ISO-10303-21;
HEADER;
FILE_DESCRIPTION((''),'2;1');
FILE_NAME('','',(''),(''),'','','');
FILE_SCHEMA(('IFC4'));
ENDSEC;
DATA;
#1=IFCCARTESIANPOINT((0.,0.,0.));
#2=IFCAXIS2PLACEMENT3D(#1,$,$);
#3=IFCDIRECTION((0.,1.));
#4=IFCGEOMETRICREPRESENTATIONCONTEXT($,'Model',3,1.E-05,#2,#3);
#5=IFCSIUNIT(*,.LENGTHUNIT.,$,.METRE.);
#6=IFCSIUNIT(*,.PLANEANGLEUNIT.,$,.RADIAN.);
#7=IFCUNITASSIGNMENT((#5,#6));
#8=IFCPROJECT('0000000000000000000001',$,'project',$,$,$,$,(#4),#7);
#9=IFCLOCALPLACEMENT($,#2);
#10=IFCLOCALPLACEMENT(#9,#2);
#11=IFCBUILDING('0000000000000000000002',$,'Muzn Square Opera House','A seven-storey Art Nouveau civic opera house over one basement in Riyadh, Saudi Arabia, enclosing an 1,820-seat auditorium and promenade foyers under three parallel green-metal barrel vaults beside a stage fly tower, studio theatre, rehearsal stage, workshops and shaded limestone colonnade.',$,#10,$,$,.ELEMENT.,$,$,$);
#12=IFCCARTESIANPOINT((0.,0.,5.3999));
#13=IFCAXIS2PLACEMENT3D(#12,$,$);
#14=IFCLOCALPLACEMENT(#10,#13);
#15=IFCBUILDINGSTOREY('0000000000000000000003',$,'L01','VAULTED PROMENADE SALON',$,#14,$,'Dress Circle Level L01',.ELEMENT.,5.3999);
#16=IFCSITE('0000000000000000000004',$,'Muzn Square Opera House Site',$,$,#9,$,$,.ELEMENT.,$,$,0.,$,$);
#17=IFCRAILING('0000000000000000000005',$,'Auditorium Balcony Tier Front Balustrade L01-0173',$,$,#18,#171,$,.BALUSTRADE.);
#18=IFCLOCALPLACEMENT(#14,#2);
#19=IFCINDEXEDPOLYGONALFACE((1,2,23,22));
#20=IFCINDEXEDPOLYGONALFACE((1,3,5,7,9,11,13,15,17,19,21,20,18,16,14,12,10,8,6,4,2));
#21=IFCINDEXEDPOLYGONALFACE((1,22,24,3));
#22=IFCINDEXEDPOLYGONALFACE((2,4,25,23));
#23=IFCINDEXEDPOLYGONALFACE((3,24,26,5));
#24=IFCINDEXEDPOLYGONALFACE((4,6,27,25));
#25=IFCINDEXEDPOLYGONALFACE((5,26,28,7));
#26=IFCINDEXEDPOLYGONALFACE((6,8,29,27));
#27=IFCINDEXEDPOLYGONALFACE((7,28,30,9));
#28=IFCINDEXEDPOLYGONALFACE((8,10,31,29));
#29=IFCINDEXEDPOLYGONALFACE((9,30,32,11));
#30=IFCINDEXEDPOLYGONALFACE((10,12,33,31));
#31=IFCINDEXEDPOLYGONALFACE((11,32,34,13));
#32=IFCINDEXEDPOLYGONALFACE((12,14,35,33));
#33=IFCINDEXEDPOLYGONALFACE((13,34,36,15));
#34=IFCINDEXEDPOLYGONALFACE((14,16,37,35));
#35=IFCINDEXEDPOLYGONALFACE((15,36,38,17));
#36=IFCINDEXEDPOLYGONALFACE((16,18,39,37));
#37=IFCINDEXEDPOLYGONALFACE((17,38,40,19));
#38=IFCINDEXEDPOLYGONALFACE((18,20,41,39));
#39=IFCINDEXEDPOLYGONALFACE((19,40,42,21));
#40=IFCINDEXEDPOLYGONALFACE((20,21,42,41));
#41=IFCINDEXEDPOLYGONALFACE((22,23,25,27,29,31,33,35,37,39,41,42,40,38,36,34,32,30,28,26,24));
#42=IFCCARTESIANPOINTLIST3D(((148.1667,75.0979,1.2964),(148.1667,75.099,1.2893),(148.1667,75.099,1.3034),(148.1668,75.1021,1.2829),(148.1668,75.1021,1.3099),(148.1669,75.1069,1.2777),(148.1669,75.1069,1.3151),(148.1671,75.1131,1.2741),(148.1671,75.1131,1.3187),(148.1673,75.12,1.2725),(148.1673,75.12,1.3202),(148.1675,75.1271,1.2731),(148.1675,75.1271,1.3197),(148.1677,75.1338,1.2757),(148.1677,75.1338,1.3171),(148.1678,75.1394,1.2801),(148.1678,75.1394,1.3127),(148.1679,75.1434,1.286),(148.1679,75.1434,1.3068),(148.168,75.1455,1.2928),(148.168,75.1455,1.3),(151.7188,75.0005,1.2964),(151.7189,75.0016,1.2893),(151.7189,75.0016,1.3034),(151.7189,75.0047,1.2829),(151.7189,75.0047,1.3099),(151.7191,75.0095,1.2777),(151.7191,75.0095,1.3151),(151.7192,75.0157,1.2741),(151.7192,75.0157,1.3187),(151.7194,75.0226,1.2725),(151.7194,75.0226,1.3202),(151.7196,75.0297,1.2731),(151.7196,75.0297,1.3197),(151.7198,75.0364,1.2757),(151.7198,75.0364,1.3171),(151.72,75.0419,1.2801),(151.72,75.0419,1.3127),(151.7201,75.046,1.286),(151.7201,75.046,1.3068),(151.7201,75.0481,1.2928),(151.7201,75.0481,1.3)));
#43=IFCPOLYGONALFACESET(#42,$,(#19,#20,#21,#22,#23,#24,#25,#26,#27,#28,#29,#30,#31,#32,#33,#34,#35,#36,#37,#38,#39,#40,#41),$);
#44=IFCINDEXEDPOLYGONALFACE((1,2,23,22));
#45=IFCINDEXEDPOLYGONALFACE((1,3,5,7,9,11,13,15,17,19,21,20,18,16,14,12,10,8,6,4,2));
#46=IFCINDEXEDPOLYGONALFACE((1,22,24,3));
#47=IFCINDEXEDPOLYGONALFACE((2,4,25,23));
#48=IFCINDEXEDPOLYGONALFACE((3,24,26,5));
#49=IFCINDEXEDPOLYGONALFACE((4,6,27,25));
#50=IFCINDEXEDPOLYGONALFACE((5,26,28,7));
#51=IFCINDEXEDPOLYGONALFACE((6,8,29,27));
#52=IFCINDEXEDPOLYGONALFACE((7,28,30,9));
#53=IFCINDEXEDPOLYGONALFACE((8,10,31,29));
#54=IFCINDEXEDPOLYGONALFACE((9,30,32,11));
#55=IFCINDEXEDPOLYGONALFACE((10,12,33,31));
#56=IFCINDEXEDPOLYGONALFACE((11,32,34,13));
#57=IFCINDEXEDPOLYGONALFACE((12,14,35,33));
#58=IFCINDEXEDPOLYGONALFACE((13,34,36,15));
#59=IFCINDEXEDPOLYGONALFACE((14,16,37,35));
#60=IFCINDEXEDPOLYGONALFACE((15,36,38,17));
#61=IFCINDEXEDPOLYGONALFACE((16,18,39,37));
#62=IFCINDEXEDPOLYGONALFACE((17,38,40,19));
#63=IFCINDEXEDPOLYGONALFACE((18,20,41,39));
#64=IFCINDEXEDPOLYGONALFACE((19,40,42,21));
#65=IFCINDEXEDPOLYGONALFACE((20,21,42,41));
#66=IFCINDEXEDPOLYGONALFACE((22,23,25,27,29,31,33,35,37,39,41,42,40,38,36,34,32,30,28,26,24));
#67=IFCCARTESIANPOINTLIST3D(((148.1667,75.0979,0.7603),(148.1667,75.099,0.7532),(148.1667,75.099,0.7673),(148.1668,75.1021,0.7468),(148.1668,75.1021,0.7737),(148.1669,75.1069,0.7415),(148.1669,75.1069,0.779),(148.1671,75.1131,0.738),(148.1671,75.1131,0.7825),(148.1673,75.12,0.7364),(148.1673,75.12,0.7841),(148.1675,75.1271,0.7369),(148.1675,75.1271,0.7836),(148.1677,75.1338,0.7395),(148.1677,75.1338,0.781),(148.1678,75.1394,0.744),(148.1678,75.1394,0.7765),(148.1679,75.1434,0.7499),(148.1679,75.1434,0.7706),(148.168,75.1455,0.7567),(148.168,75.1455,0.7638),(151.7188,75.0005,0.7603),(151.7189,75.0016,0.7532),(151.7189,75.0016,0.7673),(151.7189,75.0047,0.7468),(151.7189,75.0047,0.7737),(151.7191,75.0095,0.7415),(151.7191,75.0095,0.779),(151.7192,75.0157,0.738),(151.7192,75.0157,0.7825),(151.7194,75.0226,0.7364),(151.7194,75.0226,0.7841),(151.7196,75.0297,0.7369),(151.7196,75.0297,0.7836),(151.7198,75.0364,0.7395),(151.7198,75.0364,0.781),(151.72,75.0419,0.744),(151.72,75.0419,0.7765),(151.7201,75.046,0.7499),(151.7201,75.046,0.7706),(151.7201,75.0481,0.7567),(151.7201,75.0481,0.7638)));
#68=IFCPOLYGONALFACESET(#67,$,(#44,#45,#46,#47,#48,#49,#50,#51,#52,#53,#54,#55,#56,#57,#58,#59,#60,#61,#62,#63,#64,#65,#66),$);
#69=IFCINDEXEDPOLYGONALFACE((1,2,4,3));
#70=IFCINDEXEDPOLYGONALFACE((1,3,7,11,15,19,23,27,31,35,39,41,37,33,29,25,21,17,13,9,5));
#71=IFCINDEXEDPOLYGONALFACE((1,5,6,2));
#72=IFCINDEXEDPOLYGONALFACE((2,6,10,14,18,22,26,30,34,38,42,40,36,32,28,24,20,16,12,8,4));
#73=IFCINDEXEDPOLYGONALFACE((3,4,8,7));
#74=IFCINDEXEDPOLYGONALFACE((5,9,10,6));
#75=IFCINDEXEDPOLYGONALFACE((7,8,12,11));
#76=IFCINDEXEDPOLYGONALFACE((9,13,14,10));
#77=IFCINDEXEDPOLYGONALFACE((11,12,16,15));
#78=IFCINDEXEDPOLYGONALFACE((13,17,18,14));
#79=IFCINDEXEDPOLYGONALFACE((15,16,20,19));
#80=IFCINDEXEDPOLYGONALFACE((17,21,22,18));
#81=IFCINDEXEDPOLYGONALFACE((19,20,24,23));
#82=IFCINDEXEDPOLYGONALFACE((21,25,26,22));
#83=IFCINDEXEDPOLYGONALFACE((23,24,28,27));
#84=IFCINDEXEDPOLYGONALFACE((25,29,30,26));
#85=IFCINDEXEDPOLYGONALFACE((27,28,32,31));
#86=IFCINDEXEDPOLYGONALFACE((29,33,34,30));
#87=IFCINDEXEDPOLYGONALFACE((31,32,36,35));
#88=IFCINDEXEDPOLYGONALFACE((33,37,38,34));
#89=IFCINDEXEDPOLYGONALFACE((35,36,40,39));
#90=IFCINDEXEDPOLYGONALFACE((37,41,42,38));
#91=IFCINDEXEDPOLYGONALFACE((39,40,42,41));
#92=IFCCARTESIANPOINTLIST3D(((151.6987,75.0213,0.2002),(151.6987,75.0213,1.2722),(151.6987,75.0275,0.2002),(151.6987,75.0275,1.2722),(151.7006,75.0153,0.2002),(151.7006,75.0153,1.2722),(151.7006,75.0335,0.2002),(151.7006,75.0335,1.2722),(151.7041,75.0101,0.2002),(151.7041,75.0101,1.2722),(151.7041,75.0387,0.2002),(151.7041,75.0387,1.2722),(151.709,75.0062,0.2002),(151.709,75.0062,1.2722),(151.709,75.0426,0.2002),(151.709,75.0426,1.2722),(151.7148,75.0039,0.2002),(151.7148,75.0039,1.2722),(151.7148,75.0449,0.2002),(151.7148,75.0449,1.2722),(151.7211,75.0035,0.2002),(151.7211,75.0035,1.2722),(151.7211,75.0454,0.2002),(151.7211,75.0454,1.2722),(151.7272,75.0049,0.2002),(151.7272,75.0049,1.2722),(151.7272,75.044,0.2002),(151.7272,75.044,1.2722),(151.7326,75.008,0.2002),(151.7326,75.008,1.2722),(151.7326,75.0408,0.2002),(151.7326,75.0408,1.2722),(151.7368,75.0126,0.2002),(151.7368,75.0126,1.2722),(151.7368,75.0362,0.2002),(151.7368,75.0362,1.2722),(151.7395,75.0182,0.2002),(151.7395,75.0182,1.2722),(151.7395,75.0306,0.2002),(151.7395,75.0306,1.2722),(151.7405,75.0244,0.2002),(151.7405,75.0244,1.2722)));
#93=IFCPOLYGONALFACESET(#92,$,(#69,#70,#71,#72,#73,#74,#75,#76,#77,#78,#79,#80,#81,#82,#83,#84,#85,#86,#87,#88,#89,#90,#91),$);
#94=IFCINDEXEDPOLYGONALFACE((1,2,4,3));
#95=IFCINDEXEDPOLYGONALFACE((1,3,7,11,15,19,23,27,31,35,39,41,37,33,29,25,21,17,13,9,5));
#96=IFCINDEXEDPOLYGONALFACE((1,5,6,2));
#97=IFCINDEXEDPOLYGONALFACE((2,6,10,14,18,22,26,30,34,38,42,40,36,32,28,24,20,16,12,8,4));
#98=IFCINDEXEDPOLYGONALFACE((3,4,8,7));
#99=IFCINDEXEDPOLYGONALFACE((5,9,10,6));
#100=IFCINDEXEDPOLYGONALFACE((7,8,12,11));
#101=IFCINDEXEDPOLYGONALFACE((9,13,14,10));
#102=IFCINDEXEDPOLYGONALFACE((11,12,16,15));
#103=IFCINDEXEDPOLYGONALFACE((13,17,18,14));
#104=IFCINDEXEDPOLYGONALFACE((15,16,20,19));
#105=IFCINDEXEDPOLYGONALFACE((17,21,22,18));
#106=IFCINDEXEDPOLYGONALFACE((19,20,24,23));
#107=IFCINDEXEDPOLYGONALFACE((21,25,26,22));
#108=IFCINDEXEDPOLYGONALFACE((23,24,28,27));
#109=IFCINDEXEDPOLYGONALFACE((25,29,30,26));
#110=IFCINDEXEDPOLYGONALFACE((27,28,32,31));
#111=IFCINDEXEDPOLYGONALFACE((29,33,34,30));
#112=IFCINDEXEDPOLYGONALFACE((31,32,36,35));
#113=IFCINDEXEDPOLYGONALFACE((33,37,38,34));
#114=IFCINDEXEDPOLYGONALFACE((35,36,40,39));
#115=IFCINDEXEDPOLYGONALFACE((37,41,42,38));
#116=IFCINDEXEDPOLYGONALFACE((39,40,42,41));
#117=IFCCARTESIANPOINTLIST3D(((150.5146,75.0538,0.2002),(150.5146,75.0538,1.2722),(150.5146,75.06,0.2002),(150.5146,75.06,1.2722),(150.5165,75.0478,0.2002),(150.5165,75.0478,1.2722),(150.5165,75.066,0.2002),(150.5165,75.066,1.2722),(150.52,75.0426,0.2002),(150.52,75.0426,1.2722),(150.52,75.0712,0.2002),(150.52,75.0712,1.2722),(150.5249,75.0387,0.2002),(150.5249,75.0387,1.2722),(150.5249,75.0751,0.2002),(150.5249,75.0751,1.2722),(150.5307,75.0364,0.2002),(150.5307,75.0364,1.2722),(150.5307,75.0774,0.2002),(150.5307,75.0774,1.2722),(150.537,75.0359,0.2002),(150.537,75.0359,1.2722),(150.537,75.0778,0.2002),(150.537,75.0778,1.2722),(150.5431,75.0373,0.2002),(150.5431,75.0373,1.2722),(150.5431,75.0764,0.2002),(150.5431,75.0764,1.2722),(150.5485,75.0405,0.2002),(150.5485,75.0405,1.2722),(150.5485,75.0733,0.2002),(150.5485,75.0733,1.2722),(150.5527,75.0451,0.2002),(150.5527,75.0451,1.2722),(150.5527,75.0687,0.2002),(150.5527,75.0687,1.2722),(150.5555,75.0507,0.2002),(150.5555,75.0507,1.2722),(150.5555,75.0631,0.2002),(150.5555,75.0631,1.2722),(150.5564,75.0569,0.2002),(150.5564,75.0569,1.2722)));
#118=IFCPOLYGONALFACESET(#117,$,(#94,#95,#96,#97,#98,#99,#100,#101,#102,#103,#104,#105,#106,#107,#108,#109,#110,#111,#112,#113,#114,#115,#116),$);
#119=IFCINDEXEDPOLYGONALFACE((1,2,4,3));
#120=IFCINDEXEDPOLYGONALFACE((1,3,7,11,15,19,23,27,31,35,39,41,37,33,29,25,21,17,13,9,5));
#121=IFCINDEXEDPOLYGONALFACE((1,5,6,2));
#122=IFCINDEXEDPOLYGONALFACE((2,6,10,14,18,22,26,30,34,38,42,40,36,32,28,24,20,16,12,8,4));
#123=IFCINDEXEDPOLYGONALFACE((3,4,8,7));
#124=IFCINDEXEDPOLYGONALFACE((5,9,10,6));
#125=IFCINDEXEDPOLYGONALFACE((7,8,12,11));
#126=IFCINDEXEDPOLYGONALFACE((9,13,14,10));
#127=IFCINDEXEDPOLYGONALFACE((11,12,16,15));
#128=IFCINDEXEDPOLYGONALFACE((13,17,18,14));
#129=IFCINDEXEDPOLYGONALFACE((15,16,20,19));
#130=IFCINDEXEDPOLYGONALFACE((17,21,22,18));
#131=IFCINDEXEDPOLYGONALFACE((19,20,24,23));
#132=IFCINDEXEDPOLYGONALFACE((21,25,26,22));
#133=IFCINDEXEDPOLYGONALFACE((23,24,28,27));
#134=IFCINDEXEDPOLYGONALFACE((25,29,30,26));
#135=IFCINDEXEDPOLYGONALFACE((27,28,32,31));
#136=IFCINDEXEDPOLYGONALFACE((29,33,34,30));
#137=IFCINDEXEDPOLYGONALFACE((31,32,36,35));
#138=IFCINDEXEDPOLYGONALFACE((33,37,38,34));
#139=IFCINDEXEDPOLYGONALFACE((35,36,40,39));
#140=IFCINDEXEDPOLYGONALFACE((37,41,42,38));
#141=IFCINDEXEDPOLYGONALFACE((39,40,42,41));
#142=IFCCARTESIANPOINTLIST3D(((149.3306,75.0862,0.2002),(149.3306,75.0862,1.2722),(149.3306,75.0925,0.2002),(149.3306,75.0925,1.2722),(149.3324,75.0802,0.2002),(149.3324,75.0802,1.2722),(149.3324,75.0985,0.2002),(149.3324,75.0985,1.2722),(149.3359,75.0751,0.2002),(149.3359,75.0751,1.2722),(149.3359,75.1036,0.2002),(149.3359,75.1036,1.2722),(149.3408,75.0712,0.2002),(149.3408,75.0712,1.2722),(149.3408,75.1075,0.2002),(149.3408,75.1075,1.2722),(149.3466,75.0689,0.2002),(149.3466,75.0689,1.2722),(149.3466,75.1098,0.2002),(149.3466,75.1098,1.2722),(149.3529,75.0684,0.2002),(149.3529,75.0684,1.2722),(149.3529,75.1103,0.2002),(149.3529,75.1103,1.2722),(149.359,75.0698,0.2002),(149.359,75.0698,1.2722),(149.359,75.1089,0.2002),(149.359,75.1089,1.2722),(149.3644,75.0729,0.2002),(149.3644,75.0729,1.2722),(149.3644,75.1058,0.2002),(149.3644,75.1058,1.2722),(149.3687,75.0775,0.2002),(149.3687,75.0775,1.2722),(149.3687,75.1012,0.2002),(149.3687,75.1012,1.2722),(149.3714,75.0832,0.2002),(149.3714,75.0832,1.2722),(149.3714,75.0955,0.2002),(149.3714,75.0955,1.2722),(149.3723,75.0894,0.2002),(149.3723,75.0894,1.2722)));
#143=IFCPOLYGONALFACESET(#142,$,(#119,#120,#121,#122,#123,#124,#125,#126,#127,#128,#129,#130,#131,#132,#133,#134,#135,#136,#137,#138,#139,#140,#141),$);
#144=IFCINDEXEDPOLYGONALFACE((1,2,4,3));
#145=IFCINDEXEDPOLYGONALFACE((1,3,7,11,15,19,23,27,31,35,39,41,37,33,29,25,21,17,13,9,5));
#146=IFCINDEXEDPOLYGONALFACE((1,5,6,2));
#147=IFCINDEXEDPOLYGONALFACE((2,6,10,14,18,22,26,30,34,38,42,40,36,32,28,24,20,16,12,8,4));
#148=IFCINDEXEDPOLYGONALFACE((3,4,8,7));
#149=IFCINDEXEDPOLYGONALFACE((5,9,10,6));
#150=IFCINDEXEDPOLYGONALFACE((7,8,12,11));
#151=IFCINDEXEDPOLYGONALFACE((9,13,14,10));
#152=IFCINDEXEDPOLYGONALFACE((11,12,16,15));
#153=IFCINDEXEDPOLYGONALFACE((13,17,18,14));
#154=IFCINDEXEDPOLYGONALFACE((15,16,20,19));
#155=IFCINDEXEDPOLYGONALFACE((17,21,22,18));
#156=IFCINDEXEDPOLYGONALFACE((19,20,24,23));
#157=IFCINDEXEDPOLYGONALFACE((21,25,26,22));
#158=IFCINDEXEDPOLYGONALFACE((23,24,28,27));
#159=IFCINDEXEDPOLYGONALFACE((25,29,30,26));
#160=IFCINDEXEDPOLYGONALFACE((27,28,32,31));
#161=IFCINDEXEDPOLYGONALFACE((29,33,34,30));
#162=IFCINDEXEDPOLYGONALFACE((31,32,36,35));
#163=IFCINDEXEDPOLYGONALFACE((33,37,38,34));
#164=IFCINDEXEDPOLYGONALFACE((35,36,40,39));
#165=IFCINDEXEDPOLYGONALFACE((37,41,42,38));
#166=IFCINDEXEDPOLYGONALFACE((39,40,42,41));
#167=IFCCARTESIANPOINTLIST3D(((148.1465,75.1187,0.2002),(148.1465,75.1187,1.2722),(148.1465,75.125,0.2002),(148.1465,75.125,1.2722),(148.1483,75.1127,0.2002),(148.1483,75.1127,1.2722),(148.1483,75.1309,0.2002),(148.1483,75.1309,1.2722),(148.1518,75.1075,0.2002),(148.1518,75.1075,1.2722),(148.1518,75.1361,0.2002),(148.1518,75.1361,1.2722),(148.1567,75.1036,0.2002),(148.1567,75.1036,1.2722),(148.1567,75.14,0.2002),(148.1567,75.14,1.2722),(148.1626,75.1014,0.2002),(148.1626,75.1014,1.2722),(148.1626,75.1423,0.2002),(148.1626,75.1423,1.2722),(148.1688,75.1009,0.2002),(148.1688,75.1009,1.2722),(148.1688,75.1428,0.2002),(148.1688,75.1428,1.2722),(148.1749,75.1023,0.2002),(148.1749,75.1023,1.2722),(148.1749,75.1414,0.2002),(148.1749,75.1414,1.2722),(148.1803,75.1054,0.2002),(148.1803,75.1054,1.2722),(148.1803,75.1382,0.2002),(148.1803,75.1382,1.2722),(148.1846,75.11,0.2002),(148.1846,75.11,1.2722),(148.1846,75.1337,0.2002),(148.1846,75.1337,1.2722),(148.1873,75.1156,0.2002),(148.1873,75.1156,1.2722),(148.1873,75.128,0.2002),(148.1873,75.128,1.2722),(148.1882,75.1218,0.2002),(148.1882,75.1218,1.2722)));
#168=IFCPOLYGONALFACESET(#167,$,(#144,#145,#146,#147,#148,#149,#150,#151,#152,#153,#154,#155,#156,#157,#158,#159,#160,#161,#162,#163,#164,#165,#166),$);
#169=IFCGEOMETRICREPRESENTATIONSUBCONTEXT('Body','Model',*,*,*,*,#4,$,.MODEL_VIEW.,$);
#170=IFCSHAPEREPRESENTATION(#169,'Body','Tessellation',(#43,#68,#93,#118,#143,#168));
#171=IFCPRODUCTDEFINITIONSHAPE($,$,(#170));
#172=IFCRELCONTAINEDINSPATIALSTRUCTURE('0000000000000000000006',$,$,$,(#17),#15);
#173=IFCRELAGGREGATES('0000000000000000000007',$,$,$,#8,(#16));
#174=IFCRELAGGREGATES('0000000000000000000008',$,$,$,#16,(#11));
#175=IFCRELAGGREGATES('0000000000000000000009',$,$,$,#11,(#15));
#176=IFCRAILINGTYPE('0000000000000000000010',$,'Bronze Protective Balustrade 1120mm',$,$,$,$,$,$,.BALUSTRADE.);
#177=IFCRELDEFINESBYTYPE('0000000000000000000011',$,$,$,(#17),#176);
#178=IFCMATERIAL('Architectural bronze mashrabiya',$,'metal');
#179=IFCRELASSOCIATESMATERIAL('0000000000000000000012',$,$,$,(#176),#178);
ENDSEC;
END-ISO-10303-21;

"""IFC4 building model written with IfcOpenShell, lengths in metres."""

from ifc_helpers import new_model, si_unit, direction, frame, origin, origin_2d, place, context, subcontext, project, spatial, circle, extrude, material, type_object, element, save


model = new_model("IFC4")

# Units and contexts
model_context = context("Model", 3, precision=1e-05, world=origin(), true_north=direction((0.0, 1.0)))
body_context = subcontext(model_context, "Body", "Model", "MODEL_VIEW")
ifc_project = project(units=[si_unit("LENGTHUNIT", "METRE"), si_unit("PLANEANGLEUNIT", "RADIAN")], contexts=[model_context])

# Site, building, storey
site_placement = place(None, origin())
site = spatial("IfcSite", under=ifc_project, at=site_placement, Name="Muzn Square Opera House Site", CompositionType="ELEMENT", RefElevation=0.0)
building_placement = place(site_placement, origin())
building = spatial("IfcBuilding", under=site, at=building_placement, Name="Muzn Square Opera House", Description="A seven-storey Art Nouveau civic opera house over one basement in Riyadh, Saudi Arabia, enclosing an 1,820-seat auditorium and promenade foyers under three parallel green-metal barrel vaults beside a stage fly tower, studio theatre, rehearsal stage, workshops and shaded limestone colonnade.", CompositionType="ELEMENT")
storey_placement = place(building_placement, frame((0.0, 0.0, 5.3999)))
storey = spatial("IfcBuildingStorey", under=building, at=storey_placement, Name="L01", Description="VAULTED PROMENADE SALON", LongName="Dress Circle Level L01", CompositionType="ELEMENT", Elevation=5.3999)

# Railing
ifc_material_1 = material(Name="Architectural bronze mashrabiya", Category="metal")
railing_type = type_object("IfcRailingType", Name="Bronze Protective Balustrade 1120mm", PredefinedType="BALUSTRADE", material=ifc_material_1)
railing_1_placement = place(storey_placement, frame((151.7195, 75.0244, 0.2002)))
element("IfcRailing", 1, at=railing_1_placement, inside=storey, type_object=railing_type, Name="Auditorium Balcony Tier Front Balustrade L01-0173", PredefinedType="BALUSTRADE", context=body_context, shape_type="SweptSolid", body=[
    extrude(circle(Radius=0.0239, at=origin_2d()), frame((0.0, 0.0, 1.0962), z_axis=(-0.999624, 0.027412, 0.0), x_axis=(-0.027412, -0.999624, 0.0)), (0.0, 0.0, 1.0), 3.5535),
    extrude(circle(Radius=0.0239, at=origin_2d()), frame((0.0, 0.0, 0.5601), z_axis=(-0.999624, 0.027412, 0.0), x_axis=(-0.027412, -0.999624, 0.0)), (0.0, 0.0, 1.0), 3.5535),
    extrude(circle(Radius=0.021, at=origin_2d()), origin(), (0.0, 0.0, 1.0), 1.072),
    extrude(circle(Radius=0.021, at=origin_2d()), frame((-1.1841, 0.0325, 0.0)), (0.0, 0.0, 1.0), 1.072),
    extrude(circle(Radius=0.021, at=origin_2d()), frame((-2.3682, 0.0649, 0.0)), (0.0, 0.0, 1.0), 1.072),
    extrude(circle(Radius=0.021, at=origin_2d()), frame((-3.5522, 0.0974, 0.0)), (0.0, 0.0, 1.0), 1.072),
])

save(model, "model.ifc")
